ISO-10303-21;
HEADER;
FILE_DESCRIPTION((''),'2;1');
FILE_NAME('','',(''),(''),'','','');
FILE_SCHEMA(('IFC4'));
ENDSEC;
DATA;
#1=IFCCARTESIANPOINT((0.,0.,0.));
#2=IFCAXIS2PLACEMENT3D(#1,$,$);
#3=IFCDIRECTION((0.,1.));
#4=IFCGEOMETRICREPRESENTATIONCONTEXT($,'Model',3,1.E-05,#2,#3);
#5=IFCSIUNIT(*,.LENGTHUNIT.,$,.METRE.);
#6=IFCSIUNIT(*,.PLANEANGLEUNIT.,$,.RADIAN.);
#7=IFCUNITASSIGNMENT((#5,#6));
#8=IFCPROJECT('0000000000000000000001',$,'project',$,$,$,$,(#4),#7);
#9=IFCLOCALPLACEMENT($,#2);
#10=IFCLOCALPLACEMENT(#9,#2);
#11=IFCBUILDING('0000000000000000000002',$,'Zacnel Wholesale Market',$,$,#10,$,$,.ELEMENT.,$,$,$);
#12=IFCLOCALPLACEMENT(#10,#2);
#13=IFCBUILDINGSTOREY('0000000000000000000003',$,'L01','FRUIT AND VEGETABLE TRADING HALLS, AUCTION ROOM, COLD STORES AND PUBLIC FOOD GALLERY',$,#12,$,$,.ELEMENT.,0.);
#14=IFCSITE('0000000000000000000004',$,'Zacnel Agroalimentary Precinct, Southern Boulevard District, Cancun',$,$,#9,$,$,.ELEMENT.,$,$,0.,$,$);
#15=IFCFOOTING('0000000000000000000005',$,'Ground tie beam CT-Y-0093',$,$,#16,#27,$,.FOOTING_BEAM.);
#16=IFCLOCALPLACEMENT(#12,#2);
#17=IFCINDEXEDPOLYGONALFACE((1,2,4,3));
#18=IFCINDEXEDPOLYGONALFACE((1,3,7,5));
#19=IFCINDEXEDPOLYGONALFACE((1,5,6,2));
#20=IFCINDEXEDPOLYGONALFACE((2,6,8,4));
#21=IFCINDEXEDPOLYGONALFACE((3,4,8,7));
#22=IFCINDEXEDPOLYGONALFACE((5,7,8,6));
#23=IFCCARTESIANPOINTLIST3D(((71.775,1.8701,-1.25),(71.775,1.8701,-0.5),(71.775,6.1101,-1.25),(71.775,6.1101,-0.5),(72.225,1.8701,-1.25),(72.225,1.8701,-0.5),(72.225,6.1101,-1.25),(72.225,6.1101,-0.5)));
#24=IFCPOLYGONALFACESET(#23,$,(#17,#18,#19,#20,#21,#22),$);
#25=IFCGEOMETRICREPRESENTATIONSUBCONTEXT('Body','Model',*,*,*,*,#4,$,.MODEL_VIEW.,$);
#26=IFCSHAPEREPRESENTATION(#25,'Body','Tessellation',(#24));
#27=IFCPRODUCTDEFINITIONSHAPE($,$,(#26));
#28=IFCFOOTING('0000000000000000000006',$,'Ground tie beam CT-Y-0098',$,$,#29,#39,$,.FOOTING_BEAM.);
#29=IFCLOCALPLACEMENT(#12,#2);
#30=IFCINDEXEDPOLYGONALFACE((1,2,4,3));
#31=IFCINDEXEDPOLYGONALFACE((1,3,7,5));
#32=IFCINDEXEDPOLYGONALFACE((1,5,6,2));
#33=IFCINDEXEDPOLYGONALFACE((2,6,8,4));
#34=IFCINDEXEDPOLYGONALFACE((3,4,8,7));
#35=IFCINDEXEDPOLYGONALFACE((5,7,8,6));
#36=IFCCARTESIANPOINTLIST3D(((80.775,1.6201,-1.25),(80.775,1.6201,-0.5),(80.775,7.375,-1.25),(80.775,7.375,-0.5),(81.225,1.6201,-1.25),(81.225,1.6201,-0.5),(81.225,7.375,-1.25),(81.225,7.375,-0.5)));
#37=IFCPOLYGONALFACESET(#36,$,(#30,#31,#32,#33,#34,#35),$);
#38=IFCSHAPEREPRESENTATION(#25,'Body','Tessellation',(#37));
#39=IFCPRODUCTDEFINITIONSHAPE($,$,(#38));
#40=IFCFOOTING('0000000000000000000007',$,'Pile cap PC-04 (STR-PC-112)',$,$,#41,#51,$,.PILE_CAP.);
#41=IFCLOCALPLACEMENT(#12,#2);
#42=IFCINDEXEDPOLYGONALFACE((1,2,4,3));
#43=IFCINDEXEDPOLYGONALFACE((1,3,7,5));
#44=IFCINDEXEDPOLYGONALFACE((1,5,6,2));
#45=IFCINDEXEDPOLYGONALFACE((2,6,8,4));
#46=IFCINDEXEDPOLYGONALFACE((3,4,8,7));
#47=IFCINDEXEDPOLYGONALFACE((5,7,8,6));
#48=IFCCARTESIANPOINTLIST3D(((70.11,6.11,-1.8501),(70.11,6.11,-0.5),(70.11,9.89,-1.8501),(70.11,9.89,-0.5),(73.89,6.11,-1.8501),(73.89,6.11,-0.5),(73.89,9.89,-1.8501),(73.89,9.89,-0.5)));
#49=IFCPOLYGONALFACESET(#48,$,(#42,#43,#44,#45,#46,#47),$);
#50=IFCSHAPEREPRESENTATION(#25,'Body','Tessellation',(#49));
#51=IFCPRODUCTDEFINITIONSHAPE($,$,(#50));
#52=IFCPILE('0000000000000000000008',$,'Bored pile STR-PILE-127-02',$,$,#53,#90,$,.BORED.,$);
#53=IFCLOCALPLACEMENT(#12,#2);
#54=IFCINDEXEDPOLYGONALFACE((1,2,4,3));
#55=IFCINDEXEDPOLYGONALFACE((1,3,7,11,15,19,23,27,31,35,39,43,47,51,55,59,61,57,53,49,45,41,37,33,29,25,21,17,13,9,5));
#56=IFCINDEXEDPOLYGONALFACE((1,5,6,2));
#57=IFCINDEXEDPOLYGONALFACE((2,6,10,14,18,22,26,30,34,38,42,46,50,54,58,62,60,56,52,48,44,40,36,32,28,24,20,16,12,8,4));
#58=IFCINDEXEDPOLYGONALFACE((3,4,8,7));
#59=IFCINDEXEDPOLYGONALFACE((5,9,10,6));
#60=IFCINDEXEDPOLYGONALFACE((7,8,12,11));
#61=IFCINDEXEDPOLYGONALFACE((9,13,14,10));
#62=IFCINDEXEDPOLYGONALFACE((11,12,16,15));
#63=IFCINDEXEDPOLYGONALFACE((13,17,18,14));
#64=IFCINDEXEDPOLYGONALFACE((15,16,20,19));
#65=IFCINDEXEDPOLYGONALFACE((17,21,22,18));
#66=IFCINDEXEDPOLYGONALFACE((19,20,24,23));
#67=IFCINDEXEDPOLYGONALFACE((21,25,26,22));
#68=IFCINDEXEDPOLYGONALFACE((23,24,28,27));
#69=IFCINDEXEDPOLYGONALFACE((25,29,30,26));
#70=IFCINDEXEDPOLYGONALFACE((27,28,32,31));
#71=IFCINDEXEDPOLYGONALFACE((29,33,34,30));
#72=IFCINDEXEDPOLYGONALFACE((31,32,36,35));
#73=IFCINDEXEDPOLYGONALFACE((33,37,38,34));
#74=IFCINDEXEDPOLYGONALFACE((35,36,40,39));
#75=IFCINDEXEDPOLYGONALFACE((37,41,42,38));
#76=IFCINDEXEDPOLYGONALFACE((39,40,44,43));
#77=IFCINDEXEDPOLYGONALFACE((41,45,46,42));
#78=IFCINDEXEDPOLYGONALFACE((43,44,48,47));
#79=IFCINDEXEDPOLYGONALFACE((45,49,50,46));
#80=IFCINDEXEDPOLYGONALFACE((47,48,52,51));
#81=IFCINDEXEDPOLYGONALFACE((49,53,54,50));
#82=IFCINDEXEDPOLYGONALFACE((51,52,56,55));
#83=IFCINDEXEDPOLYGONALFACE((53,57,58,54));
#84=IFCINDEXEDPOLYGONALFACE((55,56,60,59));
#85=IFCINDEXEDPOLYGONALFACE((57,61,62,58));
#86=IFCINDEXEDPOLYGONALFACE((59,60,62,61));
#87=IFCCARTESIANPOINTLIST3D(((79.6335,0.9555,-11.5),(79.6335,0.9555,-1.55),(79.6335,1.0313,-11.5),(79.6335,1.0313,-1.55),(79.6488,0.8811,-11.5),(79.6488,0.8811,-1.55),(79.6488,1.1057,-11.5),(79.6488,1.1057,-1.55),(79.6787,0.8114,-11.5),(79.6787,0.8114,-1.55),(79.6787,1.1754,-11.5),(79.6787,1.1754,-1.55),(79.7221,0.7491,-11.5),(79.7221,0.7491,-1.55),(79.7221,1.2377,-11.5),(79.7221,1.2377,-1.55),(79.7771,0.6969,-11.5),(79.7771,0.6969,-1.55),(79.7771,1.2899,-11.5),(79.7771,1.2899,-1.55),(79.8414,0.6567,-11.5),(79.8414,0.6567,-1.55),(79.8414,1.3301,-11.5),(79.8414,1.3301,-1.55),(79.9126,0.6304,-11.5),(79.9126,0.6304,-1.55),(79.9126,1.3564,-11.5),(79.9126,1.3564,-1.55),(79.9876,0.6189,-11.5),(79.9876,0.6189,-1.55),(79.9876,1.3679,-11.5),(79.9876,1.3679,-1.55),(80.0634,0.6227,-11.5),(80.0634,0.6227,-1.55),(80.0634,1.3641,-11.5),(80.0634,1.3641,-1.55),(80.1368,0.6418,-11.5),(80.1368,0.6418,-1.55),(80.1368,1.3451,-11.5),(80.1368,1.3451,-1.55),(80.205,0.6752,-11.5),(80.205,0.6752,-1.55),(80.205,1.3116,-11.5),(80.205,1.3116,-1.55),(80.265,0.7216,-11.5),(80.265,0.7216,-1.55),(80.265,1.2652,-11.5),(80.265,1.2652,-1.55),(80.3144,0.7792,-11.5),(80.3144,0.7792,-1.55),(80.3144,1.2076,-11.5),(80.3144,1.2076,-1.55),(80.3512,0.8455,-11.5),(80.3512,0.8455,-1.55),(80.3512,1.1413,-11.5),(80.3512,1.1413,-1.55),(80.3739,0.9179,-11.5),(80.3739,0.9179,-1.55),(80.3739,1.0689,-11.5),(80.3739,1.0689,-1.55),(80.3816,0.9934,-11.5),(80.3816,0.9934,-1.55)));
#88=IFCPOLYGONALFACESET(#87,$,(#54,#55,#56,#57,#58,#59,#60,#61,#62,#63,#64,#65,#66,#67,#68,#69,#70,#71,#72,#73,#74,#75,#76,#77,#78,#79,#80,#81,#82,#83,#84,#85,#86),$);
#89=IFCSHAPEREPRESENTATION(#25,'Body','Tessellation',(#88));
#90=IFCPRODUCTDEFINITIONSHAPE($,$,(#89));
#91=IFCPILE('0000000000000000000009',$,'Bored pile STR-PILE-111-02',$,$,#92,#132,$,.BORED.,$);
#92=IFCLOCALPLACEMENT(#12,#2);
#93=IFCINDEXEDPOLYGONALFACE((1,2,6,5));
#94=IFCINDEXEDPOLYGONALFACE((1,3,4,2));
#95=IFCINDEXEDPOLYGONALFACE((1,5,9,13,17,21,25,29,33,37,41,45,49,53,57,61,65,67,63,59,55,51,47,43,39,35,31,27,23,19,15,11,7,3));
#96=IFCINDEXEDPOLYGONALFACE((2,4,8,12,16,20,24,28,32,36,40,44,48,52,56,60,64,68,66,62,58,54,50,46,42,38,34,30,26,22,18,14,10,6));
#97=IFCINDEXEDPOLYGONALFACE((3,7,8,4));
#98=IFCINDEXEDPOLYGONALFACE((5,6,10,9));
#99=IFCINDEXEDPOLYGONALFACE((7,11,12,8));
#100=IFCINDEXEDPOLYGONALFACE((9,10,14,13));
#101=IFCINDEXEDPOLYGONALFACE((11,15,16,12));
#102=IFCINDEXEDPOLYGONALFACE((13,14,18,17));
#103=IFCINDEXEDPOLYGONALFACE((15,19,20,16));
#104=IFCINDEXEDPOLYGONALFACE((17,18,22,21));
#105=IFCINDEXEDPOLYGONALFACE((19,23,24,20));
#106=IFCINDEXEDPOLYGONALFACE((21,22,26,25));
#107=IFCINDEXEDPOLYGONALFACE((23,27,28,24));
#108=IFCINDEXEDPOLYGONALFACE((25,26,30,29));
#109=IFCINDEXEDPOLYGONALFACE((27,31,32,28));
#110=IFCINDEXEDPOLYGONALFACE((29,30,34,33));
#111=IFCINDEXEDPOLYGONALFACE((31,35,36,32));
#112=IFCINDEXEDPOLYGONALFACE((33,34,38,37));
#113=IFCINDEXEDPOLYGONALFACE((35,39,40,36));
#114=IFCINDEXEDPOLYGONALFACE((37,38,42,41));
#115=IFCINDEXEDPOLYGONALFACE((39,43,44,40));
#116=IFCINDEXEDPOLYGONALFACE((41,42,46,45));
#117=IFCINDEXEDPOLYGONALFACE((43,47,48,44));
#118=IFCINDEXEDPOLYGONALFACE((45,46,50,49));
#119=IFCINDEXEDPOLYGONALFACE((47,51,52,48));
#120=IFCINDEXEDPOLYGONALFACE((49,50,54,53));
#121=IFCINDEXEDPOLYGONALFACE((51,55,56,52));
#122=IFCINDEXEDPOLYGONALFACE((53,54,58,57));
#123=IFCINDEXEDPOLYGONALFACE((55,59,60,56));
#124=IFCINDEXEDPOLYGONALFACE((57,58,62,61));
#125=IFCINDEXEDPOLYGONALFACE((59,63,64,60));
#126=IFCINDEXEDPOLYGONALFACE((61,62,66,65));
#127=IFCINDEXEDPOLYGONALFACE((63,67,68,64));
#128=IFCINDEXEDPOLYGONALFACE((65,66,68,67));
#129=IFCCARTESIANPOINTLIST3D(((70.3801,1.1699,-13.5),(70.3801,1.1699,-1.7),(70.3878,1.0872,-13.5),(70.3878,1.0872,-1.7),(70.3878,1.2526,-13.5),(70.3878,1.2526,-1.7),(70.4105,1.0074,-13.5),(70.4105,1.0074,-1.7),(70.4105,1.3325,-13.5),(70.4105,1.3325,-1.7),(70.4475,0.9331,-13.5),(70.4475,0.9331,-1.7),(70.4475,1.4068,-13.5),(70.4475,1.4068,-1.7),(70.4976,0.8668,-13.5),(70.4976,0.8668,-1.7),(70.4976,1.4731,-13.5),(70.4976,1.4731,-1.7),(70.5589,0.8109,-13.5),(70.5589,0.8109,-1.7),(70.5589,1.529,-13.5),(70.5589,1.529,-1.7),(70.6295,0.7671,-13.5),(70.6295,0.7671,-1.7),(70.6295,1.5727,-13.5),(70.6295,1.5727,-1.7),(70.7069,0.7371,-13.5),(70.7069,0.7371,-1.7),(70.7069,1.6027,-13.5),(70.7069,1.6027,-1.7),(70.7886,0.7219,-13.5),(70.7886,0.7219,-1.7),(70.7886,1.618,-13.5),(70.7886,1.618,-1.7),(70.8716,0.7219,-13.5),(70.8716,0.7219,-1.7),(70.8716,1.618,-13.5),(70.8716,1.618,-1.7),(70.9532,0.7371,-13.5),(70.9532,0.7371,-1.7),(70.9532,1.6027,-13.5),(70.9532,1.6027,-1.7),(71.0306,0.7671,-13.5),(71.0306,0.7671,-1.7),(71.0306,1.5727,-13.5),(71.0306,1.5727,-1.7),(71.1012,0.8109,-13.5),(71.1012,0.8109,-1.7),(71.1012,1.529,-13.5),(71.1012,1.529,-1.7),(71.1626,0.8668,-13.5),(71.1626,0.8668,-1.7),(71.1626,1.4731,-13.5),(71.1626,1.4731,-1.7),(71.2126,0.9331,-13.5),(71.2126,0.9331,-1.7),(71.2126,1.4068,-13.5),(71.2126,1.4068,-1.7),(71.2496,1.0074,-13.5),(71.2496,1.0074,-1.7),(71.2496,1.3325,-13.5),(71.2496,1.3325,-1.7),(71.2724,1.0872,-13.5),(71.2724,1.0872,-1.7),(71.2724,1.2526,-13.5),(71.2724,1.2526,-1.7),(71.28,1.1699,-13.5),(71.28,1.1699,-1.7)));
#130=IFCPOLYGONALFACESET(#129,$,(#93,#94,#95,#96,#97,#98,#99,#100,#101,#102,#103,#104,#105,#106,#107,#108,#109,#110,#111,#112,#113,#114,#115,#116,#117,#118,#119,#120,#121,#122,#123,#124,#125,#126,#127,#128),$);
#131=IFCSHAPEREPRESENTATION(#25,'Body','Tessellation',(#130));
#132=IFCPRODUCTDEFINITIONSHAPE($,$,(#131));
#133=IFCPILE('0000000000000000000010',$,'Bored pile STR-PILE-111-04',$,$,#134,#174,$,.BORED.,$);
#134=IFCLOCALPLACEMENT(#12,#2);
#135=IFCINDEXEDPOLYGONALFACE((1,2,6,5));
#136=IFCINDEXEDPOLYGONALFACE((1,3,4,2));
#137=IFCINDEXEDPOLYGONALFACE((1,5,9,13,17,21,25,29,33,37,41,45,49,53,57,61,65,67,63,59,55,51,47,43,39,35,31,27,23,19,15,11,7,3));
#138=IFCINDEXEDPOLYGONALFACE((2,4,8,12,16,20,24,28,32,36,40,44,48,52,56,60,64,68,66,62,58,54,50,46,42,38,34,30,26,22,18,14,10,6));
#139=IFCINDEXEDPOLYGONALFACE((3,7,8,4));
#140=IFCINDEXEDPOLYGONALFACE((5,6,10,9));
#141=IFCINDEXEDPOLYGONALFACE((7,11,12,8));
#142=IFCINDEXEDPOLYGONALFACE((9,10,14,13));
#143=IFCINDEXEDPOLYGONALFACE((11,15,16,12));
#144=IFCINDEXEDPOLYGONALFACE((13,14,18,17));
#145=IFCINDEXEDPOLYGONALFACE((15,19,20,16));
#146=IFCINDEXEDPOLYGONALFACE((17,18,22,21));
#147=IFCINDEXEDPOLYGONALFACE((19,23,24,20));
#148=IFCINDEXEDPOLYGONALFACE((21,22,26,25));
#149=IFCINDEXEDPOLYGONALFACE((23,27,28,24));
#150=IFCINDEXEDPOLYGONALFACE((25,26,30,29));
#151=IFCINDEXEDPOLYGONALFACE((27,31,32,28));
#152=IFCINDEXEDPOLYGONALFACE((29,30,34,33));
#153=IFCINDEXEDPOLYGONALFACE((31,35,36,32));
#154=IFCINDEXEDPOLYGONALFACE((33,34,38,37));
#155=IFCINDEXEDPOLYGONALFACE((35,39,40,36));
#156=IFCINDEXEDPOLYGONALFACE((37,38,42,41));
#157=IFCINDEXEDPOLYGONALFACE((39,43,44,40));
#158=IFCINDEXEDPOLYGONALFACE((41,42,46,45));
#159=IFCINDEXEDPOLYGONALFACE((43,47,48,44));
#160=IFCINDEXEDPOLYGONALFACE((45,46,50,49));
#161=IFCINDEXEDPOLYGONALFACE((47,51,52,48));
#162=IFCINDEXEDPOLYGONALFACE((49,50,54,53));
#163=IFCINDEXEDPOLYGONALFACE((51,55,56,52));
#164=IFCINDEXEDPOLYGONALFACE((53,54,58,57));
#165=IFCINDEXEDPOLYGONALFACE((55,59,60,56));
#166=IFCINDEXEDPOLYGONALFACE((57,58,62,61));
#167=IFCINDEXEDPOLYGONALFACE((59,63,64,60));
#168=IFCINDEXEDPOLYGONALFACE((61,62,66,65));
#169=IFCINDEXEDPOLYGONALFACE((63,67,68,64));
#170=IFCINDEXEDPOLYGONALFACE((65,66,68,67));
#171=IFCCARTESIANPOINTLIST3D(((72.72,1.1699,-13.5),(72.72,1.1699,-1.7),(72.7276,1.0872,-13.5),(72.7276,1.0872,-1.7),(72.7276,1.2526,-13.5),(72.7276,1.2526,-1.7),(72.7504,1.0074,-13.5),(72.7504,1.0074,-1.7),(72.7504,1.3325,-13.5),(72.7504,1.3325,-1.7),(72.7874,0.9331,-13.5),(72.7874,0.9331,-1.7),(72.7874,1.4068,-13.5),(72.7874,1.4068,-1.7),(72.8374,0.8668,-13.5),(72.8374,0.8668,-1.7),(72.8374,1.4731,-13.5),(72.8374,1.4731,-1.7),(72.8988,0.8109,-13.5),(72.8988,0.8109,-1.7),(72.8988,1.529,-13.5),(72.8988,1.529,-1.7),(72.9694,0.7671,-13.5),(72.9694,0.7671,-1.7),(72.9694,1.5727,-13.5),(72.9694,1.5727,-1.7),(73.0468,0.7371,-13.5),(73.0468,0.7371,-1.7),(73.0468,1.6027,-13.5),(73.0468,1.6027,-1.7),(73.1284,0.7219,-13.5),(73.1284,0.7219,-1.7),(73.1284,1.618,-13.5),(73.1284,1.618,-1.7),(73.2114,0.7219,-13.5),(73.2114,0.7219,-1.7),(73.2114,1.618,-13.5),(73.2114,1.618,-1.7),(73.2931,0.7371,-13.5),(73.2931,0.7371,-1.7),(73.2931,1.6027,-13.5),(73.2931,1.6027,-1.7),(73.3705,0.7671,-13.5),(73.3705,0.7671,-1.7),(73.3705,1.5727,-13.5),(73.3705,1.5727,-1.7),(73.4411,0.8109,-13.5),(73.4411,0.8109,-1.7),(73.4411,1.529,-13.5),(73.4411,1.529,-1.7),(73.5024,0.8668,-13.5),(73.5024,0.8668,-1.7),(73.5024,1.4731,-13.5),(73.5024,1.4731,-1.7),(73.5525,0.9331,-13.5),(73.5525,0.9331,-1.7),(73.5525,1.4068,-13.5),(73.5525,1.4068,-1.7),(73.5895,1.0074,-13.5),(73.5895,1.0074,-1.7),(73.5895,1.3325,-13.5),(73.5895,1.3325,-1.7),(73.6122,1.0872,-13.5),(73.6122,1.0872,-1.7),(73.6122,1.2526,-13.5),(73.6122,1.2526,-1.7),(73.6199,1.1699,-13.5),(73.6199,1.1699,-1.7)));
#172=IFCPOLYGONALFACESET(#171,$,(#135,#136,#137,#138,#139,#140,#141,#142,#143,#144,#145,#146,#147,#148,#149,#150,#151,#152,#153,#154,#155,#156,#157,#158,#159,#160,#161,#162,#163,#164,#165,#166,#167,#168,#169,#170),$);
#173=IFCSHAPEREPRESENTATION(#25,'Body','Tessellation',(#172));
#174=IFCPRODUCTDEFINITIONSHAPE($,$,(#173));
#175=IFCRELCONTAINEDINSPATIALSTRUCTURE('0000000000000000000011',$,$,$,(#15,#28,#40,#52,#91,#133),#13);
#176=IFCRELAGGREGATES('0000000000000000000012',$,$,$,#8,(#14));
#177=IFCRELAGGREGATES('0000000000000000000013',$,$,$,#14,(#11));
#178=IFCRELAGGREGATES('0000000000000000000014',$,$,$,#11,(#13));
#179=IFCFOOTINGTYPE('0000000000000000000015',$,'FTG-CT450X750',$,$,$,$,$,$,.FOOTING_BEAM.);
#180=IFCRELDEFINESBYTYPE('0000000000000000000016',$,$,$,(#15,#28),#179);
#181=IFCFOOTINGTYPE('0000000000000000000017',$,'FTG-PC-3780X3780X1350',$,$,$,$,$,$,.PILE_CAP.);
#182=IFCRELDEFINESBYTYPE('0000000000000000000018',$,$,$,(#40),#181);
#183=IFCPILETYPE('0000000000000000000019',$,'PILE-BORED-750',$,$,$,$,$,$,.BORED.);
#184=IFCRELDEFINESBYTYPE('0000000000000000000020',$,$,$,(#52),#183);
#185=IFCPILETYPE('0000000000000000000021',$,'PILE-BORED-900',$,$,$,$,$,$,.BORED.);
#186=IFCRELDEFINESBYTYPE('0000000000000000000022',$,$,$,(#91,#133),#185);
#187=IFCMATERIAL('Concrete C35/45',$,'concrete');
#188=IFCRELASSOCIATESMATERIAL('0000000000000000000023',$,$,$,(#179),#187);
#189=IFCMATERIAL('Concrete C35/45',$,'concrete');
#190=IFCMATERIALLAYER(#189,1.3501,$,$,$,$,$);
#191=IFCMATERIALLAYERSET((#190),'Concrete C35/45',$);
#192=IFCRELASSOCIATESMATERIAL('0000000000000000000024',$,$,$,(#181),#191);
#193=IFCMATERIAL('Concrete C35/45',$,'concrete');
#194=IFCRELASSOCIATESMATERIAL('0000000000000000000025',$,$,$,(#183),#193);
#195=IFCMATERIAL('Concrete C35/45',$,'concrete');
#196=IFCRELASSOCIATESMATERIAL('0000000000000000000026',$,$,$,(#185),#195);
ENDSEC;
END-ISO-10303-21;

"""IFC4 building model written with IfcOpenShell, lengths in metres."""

from ifc_helpers import new_model, si_unit, direction, frame, origin, origin_2d, place, context, subcontext, project, spatial, rectangle, circle, extrude, material, layer, layer_set, material_profile, profile_set, type_object, element, save


model = new_model("IFC4")

# Units and contexts
model_context = context("Model", 3, precision=1e-05, world=origin(), true_north=direction((0.0, 1.0)))
body_context = subcontext(model_context, "Body", "Model", "MODEL_VIEW")
ifc_project = project(units=[si_unit("LENGTHUNIT", "METRE"), si_unit("PLANEANGLEUNIT", "RADIAN")], contexts=[model_context])

# Site, building, storey
site_placement = place(None, origin())
site = spatial("IfcSite", under=ifc_project, at=site_placement, Name="Zacnel Agroalimentary Precinct, Southern Boulevard District, Cancun", CompositionType="ELEMENT", RefElevation=0.0)
building_placement = place(site_placement, origin())
building = spatial("IfcBuilding", under=site, at=building_placement, Name="Zacnel Wholesale Market", CompositionType="ELEMENT")
storey_placement = place(building_placement, origin())
storey = spatial("IfcBuildingStorey", under=building, at=storey_placement, Name="L01", Description="FRUIT AND VEGETABLE TRADING HALLS, AUCTION ROOM, COLD STORES AND PUBLIC FOOD GALLERY", CompositionType="ELEMENT", Elevation=0.0)

# Footings
ifc_material_1 = material(Name="Concrete C35/45", Category="concrete")
ifc_material_profile_1 = material_profile(ifc_material_1, rectangle(XDim=0.45, YDim=0.75, at=origin_2d()), Name="CT 450x750")
ifc_profile_set_1 = profile_set([ifc_material_profile_1], Name="Concrete C35/45")
footing_type_1 = type_object("IfcFootingType", Name="FTG-CT450X750", PredefinedType="FOOTING_BEAM", material=ifc_profile_set_1)
footing_1_placement = place(storey_placement, frame((72.0, 1.8701, -0.875), z_axis=(0.0, 1.0, 0.0), x_axis=(-1.0, 0.0, 0.0)))
element("IfcFooting", 1, at=footing_1_placement, inside=storey, type_object=footing_type_1, Name="Ground tie beam CT-Y-0093", PredefinedType="FOOTING_BEAM", context=body_context, shape_type="SweptSolid", body=[
    extrude(rectangle(XDim=0.45, YDim=0.75, at=origin_2d()), origin(), (0.0, 0.0, 1.0), 4.24),
])
footing_2_placement = place(storey_placement, frame((81.0, 1.6201, -0.875), z_axis=(0.0, 1.0, 0.0), x_axis=(-1.0, 0.0, 0.0)))
element("IfcFooting", 2, at=footing_2_placement, inside=storey, type_object=footing_type_1, Name="Ground tie beam CT-Y-0098", PredefinedType="FOOTING_BEAM", context=body_context, shape_type="SweptSolid", body=[
    extrude(rectangle(XDim=0.45, YDim=0.75, at=origin_2d()), origin(), (0.0, 0.0, 1.0), 5.7549),
])
ifc_material_2 = material(Name="Concrete C35/45", Category="concrete")
ifc_layer_1 = layer(ifc_material_2, 1.3501)
ifc_layer_set_1 = layer_set([ifc_layer_1], Name="Concrete C35/45")
footing_type_2 = type_object("IfcFootingType", Name="FTG-PC-3780X3780X1350", PredefinedType="PILE_CAP", material=ifc_layer_set_1)
footing_3_placement = place(storey_placement, frame((72.0, 8.0, -1.8501), z_axis=(0.0, 0.0, 1.0), x_axis=(1.0, 0.0, 0.0)))
element("IfcFooting", 3, at=footing_3_placement, inside=storey, type_object=footing_type_2, Name="Pile cap PC-04 (STR-PC-112)", PredefinedType="PILE_CAP", context=body_context, shape_type="SweptSolid", body=[
    extrude(rectangle(XDim=3.78, YDim=3.78, at=origin_2d()), origin(), (0.0, 0.0, 1.0), 1.3501),
])

# Piles
ifc_material_3 = material(Name="Concrete C35/45", Category="concrete")
ifc_material_profile_2 = material_profile(ifc_material_3, circle(Radius=0.375, at=origin_2d()), Name="BORED PILE D750")
ifc_profile_set_2 = profile_set([ifc_material_profile_2], Name="Concrete C35/45")
pile_type_1 = type_object("IfcPileType", Name="PILE-BORED-750", PredefinedType="BORED", material=ifc_profile_set_2)
pile_placement = place(storey_placement, frame((80.0066, 0.9934, -1.55), z_axis=(0.0, 0.0, -1.0), x_axis=(1.0, 0.0, 0.0)))
element("IfcPile", 4, at=pile_placement, inside=storey, type_object=pile_type_1, Name="Bored pile STR-PILE-127-02", PredefinedType="BORED", context=body_context, shape_type="SweptSolid", body=[
    extrude(circle(Radius=0.375, at=origin_2d()), origin(), (0.0, 0.0, 1.0), 9.95),
])
ifc_material_4 = material(Name="Concrete C35/45", Category="concrete")
ifc_material_profile_3 = material_profile(ifc_material_4, circle(Radius=0.45, at=origin_2d()), Name="BORED PILE D900")
ifc_profile_set_3 = profile_set([ifc_material_profile_3], Name="Concrete C35/45")
pile_type_2 = type_object("IfcPileType", Name="PILE-BORED-900", PredefinedType="BORED", material=ifc_profile_set_3)
for number, where, z_axis, x_axis, name in (
    (5, (70.8301, 1.1699, -1.7), (0.0, 0.0, -1.0), (1.0, 0.0, 0.0), "Bored pile STR-PILE-111-02"),
    (6, (73.1699, 1.1699, -1.7), (0.0, 0.0, -1.0), (1.0, 0.0, 0.0), "Bored pile STR-PILE-111-04"),
):
    element("IfcPile", number, at=place(storey_placement, frame(where, z_axis=z_axis, x_axis=x_axis)), inside=storey, type_object=pile_type_2, Name=name, PredefinedType="BORED", context=body_context, shape_type="SweptSolid", body=[
        extrude(circle(Radius=0.45, at=origin_2d()), origin(), (0.0, 0.0, 1.0), 11.8),
    ])

save(model, "model.ifc")
